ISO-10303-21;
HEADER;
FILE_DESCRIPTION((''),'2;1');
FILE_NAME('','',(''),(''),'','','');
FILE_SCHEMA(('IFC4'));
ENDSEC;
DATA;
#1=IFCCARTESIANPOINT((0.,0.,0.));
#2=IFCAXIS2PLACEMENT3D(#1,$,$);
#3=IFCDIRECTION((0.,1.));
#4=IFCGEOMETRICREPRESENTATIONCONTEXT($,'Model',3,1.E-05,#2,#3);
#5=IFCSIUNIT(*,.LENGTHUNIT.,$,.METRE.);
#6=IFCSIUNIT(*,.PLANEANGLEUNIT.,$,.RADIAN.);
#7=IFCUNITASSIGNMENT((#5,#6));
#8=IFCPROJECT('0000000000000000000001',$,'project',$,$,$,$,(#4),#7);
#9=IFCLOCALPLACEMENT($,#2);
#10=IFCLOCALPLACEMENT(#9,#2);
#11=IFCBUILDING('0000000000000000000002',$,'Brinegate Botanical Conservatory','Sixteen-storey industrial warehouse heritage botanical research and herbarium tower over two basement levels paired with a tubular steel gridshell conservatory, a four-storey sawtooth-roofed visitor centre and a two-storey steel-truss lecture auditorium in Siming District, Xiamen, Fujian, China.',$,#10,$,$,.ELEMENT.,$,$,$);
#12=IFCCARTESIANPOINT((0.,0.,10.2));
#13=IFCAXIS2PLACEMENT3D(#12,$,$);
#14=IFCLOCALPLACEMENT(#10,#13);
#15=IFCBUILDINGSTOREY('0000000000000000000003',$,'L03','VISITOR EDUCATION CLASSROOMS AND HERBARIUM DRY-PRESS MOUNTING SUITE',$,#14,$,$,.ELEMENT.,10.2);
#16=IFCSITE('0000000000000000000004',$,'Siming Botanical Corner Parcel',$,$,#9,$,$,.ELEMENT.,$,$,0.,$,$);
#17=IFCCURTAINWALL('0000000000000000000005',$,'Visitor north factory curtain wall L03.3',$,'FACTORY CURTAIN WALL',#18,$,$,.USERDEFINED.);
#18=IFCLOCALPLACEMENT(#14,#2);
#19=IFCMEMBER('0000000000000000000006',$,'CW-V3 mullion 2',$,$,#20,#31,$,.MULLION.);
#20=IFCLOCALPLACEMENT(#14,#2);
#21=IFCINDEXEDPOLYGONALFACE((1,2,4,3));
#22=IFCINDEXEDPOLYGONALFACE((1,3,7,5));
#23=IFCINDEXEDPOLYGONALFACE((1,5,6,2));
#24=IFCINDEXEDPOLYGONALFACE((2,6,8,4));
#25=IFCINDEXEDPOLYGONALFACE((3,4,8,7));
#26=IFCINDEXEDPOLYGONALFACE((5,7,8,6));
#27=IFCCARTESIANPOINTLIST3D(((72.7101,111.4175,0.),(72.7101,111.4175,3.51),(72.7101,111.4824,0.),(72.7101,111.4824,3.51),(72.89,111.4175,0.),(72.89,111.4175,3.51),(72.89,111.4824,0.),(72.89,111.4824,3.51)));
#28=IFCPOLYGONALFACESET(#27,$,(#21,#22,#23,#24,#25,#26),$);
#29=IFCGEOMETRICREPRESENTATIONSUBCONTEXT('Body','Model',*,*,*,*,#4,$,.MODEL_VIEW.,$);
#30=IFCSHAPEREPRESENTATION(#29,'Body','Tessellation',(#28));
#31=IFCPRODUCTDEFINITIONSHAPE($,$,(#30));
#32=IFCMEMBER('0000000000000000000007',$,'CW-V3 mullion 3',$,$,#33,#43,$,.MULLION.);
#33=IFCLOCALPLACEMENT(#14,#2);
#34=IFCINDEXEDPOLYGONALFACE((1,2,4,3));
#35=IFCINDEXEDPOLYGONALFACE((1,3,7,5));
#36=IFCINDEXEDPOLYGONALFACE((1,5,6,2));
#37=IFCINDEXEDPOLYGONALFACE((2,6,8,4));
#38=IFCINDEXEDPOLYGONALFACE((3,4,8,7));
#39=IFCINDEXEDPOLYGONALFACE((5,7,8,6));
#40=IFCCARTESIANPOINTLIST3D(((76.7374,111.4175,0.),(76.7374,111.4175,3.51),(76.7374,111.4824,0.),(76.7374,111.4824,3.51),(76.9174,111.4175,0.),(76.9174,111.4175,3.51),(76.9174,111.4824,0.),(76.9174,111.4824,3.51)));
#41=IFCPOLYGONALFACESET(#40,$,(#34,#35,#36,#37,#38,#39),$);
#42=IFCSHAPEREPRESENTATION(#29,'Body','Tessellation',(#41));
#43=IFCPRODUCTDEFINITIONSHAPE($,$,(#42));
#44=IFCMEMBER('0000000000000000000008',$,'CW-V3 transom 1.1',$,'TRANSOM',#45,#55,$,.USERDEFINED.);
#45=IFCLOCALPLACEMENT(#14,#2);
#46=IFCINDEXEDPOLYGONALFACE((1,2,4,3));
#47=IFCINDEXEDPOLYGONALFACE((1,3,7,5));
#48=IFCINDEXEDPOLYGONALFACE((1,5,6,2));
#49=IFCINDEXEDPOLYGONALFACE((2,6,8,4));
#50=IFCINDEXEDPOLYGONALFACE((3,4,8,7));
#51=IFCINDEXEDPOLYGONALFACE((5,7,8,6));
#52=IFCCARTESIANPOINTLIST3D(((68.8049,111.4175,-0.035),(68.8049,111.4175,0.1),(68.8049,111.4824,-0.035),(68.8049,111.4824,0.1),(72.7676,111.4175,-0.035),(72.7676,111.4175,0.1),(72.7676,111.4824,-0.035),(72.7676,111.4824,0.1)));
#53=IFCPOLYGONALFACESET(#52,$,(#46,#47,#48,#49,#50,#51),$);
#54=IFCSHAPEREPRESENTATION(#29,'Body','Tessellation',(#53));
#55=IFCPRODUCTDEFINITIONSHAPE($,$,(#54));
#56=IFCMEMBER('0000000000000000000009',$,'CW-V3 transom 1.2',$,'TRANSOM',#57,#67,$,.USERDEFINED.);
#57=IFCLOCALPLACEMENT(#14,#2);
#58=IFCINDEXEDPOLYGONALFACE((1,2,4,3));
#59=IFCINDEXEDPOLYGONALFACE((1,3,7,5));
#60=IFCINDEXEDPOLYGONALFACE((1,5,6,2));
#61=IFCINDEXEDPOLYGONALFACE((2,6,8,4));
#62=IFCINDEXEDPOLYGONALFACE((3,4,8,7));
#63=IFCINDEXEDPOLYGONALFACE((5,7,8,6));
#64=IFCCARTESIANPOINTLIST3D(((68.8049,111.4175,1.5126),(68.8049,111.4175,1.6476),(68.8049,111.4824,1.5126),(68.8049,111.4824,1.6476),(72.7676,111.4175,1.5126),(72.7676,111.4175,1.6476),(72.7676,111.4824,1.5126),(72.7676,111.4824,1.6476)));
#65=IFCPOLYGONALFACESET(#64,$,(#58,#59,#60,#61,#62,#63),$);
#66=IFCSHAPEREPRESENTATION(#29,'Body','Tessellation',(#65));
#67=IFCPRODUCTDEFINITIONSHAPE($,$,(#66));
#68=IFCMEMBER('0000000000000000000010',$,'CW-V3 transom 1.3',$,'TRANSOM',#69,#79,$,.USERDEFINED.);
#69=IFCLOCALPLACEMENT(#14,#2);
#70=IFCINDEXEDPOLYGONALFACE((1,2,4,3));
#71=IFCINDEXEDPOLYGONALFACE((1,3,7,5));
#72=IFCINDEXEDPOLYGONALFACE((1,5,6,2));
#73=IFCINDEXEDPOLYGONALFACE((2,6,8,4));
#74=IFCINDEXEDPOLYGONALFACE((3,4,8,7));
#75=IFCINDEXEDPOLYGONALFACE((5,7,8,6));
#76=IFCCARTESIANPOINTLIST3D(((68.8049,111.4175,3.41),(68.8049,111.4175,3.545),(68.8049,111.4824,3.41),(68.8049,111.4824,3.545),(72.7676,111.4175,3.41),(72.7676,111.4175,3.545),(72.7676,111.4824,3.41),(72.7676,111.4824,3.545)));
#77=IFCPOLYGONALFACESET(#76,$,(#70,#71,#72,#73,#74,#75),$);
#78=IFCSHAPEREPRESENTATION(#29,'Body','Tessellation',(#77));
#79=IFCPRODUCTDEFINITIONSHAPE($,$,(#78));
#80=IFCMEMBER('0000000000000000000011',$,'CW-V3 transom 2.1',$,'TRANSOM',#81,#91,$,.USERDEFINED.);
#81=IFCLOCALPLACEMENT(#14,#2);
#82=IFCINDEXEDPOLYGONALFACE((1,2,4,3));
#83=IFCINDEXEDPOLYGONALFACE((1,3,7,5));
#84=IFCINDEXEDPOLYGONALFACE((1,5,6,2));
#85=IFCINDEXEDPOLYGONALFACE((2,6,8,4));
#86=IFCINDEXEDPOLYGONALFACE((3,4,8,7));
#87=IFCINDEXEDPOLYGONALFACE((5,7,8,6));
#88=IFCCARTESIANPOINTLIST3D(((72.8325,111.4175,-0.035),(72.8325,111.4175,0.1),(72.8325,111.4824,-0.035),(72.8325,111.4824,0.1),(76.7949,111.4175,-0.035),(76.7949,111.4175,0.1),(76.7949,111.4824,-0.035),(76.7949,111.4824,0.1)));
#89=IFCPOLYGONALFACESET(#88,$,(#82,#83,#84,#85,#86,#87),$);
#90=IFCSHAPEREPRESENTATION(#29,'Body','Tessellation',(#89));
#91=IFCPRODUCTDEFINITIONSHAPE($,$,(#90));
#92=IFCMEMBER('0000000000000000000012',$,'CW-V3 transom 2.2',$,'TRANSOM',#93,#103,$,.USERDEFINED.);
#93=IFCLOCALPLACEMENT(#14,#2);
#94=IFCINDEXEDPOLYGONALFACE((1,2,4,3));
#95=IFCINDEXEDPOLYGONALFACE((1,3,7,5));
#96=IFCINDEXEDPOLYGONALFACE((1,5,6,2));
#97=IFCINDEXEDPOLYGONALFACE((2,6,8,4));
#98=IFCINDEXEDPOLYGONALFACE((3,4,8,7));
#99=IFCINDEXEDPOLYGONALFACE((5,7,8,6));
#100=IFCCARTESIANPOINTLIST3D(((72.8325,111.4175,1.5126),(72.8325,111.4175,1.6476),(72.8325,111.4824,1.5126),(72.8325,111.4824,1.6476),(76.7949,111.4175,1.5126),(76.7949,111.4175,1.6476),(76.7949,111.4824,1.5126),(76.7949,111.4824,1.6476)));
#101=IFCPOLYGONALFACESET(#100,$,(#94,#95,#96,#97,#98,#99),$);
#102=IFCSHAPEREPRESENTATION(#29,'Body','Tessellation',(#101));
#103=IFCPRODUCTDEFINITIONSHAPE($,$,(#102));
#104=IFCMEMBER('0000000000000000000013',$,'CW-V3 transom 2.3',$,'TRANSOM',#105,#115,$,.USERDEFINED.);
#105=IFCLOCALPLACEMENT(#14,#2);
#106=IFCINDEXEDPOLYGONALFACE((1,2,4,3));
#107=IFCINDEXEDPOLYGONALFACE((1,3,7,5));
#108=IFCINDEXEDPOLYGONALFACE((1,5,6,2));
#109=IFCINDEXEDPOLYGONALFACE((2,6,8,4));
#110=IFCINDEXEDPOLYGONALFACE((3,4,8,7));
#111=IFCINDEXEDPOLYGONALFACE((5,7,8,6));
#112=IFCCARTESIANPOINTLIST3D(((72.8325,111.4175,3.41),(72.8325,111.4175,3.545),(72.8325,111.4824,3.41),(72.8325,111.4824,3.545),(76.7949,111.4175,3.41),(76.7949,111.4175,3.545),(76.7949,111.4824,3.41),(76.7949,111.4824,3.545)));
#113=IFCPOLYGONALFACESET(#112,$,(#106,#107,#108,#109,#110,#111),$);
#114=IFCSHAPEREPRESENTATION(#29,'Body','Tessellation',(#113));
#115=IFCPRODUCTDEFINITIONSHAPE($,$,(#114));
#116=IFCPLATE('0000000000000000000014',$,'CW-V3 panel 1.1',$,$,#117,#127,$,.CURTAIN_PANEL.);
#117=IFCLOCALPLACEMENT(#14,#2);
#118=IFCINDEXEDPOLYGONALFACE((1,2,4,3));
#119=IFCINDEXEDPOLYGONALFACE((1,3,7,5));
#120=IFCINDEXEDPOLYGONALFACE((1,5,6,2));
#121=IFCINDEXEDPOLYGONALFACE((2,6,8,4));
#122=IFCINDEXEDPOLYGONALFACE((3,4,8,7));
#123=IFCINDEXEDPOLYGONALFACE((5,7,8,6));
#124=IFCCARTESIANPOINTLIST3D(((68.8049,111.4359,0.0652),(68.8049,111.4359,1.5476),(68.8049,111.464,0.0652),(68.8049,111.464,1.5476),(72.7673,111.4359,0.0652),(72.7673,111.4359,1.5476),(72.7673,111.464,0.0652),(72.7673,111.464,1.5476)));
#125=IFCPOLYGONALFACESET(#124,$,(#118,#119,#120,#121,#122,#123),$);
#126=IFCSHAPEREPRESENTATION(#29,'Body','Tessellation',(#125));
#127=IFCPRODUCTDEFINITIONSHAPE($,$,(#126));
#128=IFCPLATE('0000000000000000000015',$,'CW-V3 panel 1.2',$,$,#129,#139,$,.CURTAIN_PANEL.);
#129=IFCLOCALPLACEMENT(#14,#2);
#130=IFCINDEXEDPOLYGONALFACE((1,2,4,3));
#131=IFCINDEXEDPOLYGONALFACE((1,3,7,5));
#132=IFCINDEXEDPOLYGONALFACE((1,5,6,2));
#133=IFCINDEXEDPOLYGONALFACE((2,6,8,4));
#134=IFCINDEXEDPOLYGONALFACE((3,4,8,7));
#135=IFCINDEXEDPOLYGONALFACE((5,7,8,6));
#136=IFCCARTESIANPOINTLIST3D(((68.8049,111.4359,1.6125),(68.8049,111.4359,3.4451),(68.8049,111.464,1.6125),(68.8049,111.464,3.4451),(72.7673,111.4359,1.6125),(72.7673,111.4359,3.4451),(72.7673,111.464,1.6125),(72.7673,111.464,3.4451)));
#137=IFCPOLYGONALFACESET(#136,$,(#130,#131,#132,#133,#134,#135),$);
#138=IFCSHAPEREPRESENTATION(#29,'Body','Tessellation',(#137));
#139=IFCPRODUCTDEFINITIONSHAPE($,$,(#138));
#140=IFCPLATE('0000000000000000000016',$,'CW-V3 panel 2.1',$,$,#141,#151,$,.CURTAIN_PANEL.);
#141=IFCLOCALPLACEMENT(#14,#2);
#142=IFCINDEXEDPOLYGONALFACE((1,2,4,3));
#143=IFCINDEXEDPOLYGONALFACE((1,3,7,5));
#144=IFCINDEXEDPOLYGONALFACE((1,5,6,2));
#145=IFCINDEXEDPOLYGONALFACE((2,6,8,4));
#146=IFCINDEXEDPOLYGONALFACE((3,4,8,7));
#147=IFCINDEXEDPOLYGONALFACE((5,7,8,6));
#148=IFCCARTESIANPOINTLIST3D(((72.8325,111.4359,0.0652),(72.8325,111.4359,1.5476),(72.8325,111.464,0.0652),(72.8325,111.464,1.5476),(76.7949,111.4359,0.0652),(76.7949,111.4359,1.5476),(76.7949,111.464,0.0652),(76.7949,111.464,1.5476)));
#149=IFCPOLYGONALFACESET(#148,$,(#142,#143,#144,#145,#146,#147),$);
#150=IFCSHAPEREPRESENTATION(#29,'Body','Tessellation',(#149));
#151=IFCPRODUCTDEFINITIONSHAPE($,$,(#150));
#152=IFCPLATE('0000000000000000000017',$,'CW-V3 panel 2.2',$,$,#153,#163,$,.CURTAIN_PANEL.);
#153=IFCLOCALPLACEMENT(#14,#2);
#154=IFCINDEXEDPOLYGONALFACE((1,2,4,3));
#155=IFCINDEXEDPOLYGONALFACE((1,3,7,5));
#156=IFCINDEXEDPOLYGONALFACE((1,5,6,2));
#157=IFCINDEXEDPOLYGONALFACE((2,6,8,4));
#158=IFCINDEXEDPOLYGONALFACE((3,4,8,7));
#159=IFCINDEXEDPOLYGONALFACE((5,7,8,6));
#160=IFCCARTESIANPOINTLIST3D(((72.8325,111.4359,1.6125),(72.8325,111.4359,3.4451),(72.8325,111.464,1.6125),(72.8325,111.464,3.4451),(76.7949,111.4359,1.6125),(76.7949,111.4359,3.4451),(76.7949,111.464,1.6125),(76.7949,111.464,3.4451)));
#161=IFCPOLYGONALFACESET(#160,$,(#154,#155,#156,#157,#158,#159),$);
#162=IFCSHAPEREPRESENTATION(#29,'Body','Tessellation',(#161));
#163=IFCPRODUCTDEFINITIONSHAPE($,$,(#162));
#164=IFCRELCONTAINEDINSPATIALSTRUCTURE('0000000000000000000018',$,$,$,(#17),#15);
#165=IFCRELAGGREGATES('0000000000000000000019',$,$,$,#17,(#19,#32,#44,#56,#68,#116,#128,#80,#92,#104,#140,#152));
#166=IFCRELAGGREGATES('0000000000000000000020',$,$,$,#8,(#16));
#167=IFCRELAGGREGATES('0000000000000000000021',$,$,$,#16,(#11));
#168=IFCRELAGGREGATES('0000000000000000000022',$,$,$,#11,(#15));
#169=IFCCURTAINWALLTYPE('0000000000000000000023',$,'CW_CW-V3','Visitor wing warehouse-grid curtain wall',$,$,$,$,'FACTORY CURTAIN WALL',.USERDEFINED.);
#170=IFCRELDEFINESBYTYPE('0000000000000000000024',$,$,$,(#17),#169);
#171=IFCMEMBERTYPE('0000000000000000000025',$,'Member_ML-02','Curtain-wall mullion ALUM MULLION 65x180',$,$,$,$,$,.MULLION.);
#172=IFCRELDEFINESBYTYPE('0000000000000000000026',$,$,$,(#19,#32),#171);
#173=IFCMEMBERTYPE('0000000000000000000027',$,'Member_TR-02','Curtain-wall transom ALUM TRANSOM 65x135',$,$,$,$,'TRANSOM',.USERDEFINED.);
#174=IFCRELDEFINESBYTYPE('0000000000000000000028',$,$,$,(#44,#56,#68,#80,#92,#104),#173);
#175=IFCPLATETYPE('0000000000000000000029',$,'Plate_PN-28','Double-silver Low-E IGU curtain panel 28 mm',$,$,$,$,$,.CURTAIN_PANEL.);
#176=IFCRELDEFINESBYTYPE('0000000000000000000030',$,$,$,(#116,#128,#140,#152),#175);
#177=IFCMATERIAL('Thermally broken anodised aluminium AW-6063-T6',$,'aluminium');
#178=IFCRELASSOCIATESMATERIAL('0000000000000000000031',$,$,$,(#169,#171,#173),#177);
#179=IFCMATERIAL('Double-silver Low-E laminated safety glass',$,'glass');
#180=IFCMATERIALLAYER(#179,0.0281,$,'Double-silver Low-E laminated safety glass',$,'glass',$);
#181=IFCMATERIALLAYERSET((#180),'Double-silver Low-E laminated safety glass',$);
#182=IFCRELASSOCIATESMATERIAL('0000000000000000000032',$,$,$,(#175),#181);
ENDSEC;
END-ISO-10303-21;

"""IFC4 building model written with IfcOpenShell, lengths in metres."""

from ifc_helpers import new_model, si_unit, direction, frame, origin, origin_2d, place, context, subcontext, project, spatial, rectangle, extrude, material, layer, layer_set, material_profile, profile_set, type_object, element, aggregate, save


model = new_model("IFC4")

# Units and contexts
model_context = context("Model", 3, precision=1e-05, world=origin(), true_north=direction((0.0, 1.0)))
body_context = subcontext(model_context, "Body", "Model", "MODEL_VIEW")
ifc_project = project(units=[si_unit("LENGTHUNIT", "METRE"), si_unit("PLANEANGLEUNIT", "RADIAN")], contexts=[model_context])

# Site, building, storey
site_placement = place(None, origin())
site = spatial("IfcSite", under=ifc_project, at=site_placement, Name="Siming Botanical Corner Parcel", CompositionType="ELEMENT", RefElevation=0.0)
building_placement = place(site_placement, origin())
building = spatial("IfcBuilding", under=site, at=building_placement, Name="Brinegate Botanical Conservatory", Description="Sixteen-storey industrial warehouse heritage botanical research and herbarium tower over two basement levels paired with a tubular steel gridshell conservatory, a four-storey sawtooth-roofed visitor centre and a two-storey steel-truss lecture auditorium in Siming District, Xiamen, Fujian, China.", CompositionType="ELEMENT")
storey_placement = place(building_placement, frame((0.0, 0.0, 10.2)))
storey = spatial("IfcBuildingStorey", under=building, at=storey_placement, Name="L03", Description="VISITOR EDUCATION CLASSROOMS AND HERBARIUM DRY-PRESS MOUNTING SUITE", CompositionType="ELEMENT", Elevation=10.2)

# Curtain wall, members, plates
ifc_material_1 = material(Name="Thermally broken anodised aluminium AW-6063-T6", Category="aluminium")
curtain_wall_type = type_object("IfcCurtainWallType", Name="CW_CW-V3", Description="Visitor wing warehouse-grid curtain wall", ElementType="FACTORY CURTAIN WALL", PredefinedType="USERDEFINED", material=ifc_material_1)
curtain_wall_placement = place(storey_placement, origin())
curtain_wall = element("IfcCurtainWall", 1, at=curtain_wall_placement, inside=storey, type_object=curtain_wall_type, Name="Visitor north factory curtain wall L03.3", ObjectType="FACTORY CURTAIN WALL", PredefinedType="USERDEFINED")
ifc_material_profile_1 = material_profile(ifc_material_1, rectangle(XDim=0.0649, YDim=0.1799, at=origin_2d()), Name="ALUM MULLION 65x180")
ifc_profile_set_1 = profile_set([ifc_material_profile_1], Name="Thermally broken anodised aluminium AW-6063-T6")
member_type_1 = type_object("IfcMemberType", Name="Member_ML-02", Description="Curtain-wall mullion ALUM MULLION 65x180", PredefinedType="MULLION", material=ifc_profile_set_1)
member_1_placement = place(storey_placement, frame((72.8, 111.45, 0.0), z_axis=(0.0, 0.0, 1.0), x_axis=(0.0, 1.0, 0.0)))
member_1 = element("IfcMember", 2, at=member_1_placement, type_object=member_type_1, Name="CW-V3 mullion 2", PredefinedType="MULLION", context=body_context, shape_type="SweptSolid", body=[
    extrude(rectangle(XDim=0.0649, YDim=0.1799, at=origin_2d()), origin(), (0.0, 0.0, 1.0), 3.51),
])
member_2_placement = place(storey_placement, frame((76.8274, 111.45, 0.0), z_axis=(0.0, 0.0, 1.0), x_axis=(0.0, 1.0, 0.0)))
member_2 = element("IfcMember", 3, at=member_2_placement, type_object=member_type_1, Name="CW-V3 mullion 3", PredefinedType="MULLION", context=body_context, shape_type="SweptSolid", body=[
    extrude(rectangle(XDim=0.0649, YDim=0.1799, at=origin_2d()), origin(), (0.0, 0.0, 1.0), 3.51),
])
ifc_material_profile_2 = material_profile(ifc_material_1, rectangle(XDim=0.0649, YDim=0.135, at=origin_2d()), Name="ALUM TRANSOM 65x135")
ifc_profile_set_2 = profile_set([ifc_material_profile_2], Name="Thermally broken anodised aluminium AW-6063-T6")
member_type_2 = type_object("IfcMemberType", Name="Member_TR-02", Description="Curtain-wall transom ALUM TRANSOM 65x135", ElementType="TRANSOM", PredefinedType="USERDEFINED", material=ifc_profile_set_2)
member_3_placement = place(storey_placement, frame((68.8049, 111.45, 0.0325), z_axis=(1.0, 0.0, 0.0), x_axis=(0.0, 1.0, 0.0)))
member_3 = element("IfcMember", 4, at=member_3_placement, type_object=member_type_2, Name="CW-V3 transom 1.1", ObjectType="TRANSOM", PredefinedType="USERDEFINED", context=body_context, shape_type="SweptSolid", body=[
    extrude(rectangle(XDim=0.0649, YDim=0.135, at=origin_2d()), origin(), (0.0, 0.0, 1.0), 3.9626),
])
member_4_placement = place(storey_placement, frame((68.8049, 111.45, 1.5801), z_axis=(1.0, 0.0, 0.0), x_axis=(0.0, 1.0, 0.0)))
member_4 = element("IfcMember", 5, at=member_4_placement, type_object=member_type_2, Name="CW-V3 transom 1.2", ObjectType="TRANSOM", PredefinedType="USERDEFINED", context=body_context, shape_type="SweptSolid", body=[
    extrude(rectangle(XDim=0.0649, YDim=0.135, at=origin_2d()), origin(), (0.0, 0.0, 1.0), 3.9626),
])
member_5_placement = place(storey_placement, frame((68.8049, 111.45, 3.4775), z_axis=(1.0, 0.0, 0.0), x_axis=(0.0, 1.0, 0.0)))
member_5 = element("IfcMember", 6, at=member_5_placement, type_object=member_type_2, Name="CW-V3 transom 1.3", ObjectType="TRANSOM", PredefinedType="USERDEFINED", context=body_context, shape_type="SweptSolid", body=[
    extrude(rectangle(XDim=0.0649, YDim=0.135, at=origin_2d()), origin(), (0.0, 0.0, 1.0), 3.9626),
])
member_6_placement = place(storey_placement, frame((72.8325, 111.45, 0.0325), z_axis=(1.0, 0.0, 0.0), x_axis=(0.0, 1.0, 0.0)))
member_6 = element("IfcMember", 7, at=member_6_placement, type_object=member_type_2, Name="CW-V3 transom 2.1", ObjectType="TRANSOM", PredefinedType="USERDEFINED", context=body_context, shape_type="SweptSolid", body=[
    extrude(rectangle(XDim=0.0649, YDim=0.135, at=origin_2d()), origin(), (0.0, 0.0, 1.0), 3.9624),
])
member_7_placement = place(storey_placement, frame((72.8325, 111.45, 1.5801), z_axis=(1.0, 0.0, 0.0), x_axis=(0.0, 1.0, 0.0)))
member_7 = element("IfcMember", 8, at=member_7_placement, type_object=member_type_2, Name="CW-V3 transom 2.2", ObjectType="TRANSOM", PredefinedType="USERDEFINED", context=body_context, shape_type="SweptSolid", body=[
    extrude(rectangle(XDim=0.0649, YDim=0.135, at=origin_2d()), origin(), (0.0, 0.0, 1.0), 3.9624),
])
member_8_placement = place(storey_placement, frame((72.8325, 111.45, 3.4775), z_axis=(1.0, 0.0, 0.0), x_axis=(0.0, 1.0, 0.0)))
member_8 = element("IfcMember", 9, at=member_8_placement, type_object=member_type_2, Name="CW-V3 transom 2.3", ObjectType="TRANSOM", PredefinedType="USERDEFINED", context=body_context, shape_type="SweptSolid", body=[
    extrude(rectangle(XDim=0.0649, YDim=0.135, at=origin_2d()), origin(), (0.0, 0.0, 1.0), 3.9624),
])
ifc_material_2 = material(Name="Double-silver Low-E laminated safety glass", Category="glass")
ifc_layer_1 = layer(ifc_material_2, 0.0281, Name="Double-silver Low-E laminated safety glass", Category="glass")
ifc_layer_set_1 = layer_set([ifc_layer_1], Name="Double-silver Low-E laminated safety glass")
plate_type = type_object("IfcPlateType", Name="Plate_PN-28", Description="Double-silver Low-E IGU curtain panel 28 mm", PredefinedType="CURTAIN_PANEL", material=ifc_layer_set_1)
plate_1_placement = place(storey_placement, frame((70.7861, 111.45, 0.0652), z_axis=(0.0, 0.0, 1.0), x_axis=(1.0, 0.0, 0.0)))
plate_1 = element("IfcPlate", 10, at=plate_1_placement, type_object=plate_type, Name="CW-V3 panel 1.1", PredefinedType="CURTAIN_PANEL", context=body_context, shape_type="SweptSolid", body=[
    extrude(rectangle(XDim=3.9624, YDim=0.0281, at=origin_2d()), origin(), (0.0, 0.0, 1.0), 1.4824),
])
plate_2_placement = place(storey_placement, frame((70.7861, 111.45, 1.6125), z_axis=(0.0, 0.0, 1.0), x_axis=(1.0, 0.0, 0.0)))
plate_2 = element("IfcPlate", 11, at=plate_2_placement, type_object=plate_type, Name="CW-V3 panel 1.2", PredefinedType="CURTAIN_PANEL", context=body_context, shape_type="SweptSolid", body=[
    extrude(rectangle(XDim=3.9624, YDim=0.0281, at=origin_2d()), origin(), (0.0, 0.0, 1.0), 1.8325),
])
plate_3_placement = place(storey_placement, frame((74.8137, 111.45, 0.0652), z_axis=(0.0, 0.0, 1.0), x_axis=(1.0, 0.0, 0.0)))
plate_3 = element("IfcPlate", 12, at=plate_3_placement, type_object=plate_type, Name="CW-V3 panel 2.1", PredefinedType="CURTAIN_PANEL", context=body_context, shape_type="SweptSolid", body=[
    extrude(rectangle(XDim=3.9624, YDim=0.0281, at=origin_2d()), origin(), (0.0, 0.0, 1.0), 1.4824),
])
plate_4_placement = place(storey_placement, frame((74.8137, 111.45, 1.6125), z_axis=(0.0, 0.0, 1.0), x_axis=(1.0, 0.0, 0.0)))
plate_4 = element("IfcPlate", 13, at=plate_4_placement, type_object=plate_type, Name="CW-V3 panel 2.2", PredefinedType="CURTAIN_PANEL", context=body_context, shape_type="SweptSolid", body=[
    extrude(rectangle(XDim=3.9624, YDim=0.0281, at=origin_2d()), origin(), (0.0, 0.0, 1.0), 1.8325),
])
aggregate(curtain_wall, [member_1, member_2, member_3, member_4, member_5, plate_1, plate_2, member_6, member_7, member_8, plate_3, plate_4])

save(model, "model.ifc")
